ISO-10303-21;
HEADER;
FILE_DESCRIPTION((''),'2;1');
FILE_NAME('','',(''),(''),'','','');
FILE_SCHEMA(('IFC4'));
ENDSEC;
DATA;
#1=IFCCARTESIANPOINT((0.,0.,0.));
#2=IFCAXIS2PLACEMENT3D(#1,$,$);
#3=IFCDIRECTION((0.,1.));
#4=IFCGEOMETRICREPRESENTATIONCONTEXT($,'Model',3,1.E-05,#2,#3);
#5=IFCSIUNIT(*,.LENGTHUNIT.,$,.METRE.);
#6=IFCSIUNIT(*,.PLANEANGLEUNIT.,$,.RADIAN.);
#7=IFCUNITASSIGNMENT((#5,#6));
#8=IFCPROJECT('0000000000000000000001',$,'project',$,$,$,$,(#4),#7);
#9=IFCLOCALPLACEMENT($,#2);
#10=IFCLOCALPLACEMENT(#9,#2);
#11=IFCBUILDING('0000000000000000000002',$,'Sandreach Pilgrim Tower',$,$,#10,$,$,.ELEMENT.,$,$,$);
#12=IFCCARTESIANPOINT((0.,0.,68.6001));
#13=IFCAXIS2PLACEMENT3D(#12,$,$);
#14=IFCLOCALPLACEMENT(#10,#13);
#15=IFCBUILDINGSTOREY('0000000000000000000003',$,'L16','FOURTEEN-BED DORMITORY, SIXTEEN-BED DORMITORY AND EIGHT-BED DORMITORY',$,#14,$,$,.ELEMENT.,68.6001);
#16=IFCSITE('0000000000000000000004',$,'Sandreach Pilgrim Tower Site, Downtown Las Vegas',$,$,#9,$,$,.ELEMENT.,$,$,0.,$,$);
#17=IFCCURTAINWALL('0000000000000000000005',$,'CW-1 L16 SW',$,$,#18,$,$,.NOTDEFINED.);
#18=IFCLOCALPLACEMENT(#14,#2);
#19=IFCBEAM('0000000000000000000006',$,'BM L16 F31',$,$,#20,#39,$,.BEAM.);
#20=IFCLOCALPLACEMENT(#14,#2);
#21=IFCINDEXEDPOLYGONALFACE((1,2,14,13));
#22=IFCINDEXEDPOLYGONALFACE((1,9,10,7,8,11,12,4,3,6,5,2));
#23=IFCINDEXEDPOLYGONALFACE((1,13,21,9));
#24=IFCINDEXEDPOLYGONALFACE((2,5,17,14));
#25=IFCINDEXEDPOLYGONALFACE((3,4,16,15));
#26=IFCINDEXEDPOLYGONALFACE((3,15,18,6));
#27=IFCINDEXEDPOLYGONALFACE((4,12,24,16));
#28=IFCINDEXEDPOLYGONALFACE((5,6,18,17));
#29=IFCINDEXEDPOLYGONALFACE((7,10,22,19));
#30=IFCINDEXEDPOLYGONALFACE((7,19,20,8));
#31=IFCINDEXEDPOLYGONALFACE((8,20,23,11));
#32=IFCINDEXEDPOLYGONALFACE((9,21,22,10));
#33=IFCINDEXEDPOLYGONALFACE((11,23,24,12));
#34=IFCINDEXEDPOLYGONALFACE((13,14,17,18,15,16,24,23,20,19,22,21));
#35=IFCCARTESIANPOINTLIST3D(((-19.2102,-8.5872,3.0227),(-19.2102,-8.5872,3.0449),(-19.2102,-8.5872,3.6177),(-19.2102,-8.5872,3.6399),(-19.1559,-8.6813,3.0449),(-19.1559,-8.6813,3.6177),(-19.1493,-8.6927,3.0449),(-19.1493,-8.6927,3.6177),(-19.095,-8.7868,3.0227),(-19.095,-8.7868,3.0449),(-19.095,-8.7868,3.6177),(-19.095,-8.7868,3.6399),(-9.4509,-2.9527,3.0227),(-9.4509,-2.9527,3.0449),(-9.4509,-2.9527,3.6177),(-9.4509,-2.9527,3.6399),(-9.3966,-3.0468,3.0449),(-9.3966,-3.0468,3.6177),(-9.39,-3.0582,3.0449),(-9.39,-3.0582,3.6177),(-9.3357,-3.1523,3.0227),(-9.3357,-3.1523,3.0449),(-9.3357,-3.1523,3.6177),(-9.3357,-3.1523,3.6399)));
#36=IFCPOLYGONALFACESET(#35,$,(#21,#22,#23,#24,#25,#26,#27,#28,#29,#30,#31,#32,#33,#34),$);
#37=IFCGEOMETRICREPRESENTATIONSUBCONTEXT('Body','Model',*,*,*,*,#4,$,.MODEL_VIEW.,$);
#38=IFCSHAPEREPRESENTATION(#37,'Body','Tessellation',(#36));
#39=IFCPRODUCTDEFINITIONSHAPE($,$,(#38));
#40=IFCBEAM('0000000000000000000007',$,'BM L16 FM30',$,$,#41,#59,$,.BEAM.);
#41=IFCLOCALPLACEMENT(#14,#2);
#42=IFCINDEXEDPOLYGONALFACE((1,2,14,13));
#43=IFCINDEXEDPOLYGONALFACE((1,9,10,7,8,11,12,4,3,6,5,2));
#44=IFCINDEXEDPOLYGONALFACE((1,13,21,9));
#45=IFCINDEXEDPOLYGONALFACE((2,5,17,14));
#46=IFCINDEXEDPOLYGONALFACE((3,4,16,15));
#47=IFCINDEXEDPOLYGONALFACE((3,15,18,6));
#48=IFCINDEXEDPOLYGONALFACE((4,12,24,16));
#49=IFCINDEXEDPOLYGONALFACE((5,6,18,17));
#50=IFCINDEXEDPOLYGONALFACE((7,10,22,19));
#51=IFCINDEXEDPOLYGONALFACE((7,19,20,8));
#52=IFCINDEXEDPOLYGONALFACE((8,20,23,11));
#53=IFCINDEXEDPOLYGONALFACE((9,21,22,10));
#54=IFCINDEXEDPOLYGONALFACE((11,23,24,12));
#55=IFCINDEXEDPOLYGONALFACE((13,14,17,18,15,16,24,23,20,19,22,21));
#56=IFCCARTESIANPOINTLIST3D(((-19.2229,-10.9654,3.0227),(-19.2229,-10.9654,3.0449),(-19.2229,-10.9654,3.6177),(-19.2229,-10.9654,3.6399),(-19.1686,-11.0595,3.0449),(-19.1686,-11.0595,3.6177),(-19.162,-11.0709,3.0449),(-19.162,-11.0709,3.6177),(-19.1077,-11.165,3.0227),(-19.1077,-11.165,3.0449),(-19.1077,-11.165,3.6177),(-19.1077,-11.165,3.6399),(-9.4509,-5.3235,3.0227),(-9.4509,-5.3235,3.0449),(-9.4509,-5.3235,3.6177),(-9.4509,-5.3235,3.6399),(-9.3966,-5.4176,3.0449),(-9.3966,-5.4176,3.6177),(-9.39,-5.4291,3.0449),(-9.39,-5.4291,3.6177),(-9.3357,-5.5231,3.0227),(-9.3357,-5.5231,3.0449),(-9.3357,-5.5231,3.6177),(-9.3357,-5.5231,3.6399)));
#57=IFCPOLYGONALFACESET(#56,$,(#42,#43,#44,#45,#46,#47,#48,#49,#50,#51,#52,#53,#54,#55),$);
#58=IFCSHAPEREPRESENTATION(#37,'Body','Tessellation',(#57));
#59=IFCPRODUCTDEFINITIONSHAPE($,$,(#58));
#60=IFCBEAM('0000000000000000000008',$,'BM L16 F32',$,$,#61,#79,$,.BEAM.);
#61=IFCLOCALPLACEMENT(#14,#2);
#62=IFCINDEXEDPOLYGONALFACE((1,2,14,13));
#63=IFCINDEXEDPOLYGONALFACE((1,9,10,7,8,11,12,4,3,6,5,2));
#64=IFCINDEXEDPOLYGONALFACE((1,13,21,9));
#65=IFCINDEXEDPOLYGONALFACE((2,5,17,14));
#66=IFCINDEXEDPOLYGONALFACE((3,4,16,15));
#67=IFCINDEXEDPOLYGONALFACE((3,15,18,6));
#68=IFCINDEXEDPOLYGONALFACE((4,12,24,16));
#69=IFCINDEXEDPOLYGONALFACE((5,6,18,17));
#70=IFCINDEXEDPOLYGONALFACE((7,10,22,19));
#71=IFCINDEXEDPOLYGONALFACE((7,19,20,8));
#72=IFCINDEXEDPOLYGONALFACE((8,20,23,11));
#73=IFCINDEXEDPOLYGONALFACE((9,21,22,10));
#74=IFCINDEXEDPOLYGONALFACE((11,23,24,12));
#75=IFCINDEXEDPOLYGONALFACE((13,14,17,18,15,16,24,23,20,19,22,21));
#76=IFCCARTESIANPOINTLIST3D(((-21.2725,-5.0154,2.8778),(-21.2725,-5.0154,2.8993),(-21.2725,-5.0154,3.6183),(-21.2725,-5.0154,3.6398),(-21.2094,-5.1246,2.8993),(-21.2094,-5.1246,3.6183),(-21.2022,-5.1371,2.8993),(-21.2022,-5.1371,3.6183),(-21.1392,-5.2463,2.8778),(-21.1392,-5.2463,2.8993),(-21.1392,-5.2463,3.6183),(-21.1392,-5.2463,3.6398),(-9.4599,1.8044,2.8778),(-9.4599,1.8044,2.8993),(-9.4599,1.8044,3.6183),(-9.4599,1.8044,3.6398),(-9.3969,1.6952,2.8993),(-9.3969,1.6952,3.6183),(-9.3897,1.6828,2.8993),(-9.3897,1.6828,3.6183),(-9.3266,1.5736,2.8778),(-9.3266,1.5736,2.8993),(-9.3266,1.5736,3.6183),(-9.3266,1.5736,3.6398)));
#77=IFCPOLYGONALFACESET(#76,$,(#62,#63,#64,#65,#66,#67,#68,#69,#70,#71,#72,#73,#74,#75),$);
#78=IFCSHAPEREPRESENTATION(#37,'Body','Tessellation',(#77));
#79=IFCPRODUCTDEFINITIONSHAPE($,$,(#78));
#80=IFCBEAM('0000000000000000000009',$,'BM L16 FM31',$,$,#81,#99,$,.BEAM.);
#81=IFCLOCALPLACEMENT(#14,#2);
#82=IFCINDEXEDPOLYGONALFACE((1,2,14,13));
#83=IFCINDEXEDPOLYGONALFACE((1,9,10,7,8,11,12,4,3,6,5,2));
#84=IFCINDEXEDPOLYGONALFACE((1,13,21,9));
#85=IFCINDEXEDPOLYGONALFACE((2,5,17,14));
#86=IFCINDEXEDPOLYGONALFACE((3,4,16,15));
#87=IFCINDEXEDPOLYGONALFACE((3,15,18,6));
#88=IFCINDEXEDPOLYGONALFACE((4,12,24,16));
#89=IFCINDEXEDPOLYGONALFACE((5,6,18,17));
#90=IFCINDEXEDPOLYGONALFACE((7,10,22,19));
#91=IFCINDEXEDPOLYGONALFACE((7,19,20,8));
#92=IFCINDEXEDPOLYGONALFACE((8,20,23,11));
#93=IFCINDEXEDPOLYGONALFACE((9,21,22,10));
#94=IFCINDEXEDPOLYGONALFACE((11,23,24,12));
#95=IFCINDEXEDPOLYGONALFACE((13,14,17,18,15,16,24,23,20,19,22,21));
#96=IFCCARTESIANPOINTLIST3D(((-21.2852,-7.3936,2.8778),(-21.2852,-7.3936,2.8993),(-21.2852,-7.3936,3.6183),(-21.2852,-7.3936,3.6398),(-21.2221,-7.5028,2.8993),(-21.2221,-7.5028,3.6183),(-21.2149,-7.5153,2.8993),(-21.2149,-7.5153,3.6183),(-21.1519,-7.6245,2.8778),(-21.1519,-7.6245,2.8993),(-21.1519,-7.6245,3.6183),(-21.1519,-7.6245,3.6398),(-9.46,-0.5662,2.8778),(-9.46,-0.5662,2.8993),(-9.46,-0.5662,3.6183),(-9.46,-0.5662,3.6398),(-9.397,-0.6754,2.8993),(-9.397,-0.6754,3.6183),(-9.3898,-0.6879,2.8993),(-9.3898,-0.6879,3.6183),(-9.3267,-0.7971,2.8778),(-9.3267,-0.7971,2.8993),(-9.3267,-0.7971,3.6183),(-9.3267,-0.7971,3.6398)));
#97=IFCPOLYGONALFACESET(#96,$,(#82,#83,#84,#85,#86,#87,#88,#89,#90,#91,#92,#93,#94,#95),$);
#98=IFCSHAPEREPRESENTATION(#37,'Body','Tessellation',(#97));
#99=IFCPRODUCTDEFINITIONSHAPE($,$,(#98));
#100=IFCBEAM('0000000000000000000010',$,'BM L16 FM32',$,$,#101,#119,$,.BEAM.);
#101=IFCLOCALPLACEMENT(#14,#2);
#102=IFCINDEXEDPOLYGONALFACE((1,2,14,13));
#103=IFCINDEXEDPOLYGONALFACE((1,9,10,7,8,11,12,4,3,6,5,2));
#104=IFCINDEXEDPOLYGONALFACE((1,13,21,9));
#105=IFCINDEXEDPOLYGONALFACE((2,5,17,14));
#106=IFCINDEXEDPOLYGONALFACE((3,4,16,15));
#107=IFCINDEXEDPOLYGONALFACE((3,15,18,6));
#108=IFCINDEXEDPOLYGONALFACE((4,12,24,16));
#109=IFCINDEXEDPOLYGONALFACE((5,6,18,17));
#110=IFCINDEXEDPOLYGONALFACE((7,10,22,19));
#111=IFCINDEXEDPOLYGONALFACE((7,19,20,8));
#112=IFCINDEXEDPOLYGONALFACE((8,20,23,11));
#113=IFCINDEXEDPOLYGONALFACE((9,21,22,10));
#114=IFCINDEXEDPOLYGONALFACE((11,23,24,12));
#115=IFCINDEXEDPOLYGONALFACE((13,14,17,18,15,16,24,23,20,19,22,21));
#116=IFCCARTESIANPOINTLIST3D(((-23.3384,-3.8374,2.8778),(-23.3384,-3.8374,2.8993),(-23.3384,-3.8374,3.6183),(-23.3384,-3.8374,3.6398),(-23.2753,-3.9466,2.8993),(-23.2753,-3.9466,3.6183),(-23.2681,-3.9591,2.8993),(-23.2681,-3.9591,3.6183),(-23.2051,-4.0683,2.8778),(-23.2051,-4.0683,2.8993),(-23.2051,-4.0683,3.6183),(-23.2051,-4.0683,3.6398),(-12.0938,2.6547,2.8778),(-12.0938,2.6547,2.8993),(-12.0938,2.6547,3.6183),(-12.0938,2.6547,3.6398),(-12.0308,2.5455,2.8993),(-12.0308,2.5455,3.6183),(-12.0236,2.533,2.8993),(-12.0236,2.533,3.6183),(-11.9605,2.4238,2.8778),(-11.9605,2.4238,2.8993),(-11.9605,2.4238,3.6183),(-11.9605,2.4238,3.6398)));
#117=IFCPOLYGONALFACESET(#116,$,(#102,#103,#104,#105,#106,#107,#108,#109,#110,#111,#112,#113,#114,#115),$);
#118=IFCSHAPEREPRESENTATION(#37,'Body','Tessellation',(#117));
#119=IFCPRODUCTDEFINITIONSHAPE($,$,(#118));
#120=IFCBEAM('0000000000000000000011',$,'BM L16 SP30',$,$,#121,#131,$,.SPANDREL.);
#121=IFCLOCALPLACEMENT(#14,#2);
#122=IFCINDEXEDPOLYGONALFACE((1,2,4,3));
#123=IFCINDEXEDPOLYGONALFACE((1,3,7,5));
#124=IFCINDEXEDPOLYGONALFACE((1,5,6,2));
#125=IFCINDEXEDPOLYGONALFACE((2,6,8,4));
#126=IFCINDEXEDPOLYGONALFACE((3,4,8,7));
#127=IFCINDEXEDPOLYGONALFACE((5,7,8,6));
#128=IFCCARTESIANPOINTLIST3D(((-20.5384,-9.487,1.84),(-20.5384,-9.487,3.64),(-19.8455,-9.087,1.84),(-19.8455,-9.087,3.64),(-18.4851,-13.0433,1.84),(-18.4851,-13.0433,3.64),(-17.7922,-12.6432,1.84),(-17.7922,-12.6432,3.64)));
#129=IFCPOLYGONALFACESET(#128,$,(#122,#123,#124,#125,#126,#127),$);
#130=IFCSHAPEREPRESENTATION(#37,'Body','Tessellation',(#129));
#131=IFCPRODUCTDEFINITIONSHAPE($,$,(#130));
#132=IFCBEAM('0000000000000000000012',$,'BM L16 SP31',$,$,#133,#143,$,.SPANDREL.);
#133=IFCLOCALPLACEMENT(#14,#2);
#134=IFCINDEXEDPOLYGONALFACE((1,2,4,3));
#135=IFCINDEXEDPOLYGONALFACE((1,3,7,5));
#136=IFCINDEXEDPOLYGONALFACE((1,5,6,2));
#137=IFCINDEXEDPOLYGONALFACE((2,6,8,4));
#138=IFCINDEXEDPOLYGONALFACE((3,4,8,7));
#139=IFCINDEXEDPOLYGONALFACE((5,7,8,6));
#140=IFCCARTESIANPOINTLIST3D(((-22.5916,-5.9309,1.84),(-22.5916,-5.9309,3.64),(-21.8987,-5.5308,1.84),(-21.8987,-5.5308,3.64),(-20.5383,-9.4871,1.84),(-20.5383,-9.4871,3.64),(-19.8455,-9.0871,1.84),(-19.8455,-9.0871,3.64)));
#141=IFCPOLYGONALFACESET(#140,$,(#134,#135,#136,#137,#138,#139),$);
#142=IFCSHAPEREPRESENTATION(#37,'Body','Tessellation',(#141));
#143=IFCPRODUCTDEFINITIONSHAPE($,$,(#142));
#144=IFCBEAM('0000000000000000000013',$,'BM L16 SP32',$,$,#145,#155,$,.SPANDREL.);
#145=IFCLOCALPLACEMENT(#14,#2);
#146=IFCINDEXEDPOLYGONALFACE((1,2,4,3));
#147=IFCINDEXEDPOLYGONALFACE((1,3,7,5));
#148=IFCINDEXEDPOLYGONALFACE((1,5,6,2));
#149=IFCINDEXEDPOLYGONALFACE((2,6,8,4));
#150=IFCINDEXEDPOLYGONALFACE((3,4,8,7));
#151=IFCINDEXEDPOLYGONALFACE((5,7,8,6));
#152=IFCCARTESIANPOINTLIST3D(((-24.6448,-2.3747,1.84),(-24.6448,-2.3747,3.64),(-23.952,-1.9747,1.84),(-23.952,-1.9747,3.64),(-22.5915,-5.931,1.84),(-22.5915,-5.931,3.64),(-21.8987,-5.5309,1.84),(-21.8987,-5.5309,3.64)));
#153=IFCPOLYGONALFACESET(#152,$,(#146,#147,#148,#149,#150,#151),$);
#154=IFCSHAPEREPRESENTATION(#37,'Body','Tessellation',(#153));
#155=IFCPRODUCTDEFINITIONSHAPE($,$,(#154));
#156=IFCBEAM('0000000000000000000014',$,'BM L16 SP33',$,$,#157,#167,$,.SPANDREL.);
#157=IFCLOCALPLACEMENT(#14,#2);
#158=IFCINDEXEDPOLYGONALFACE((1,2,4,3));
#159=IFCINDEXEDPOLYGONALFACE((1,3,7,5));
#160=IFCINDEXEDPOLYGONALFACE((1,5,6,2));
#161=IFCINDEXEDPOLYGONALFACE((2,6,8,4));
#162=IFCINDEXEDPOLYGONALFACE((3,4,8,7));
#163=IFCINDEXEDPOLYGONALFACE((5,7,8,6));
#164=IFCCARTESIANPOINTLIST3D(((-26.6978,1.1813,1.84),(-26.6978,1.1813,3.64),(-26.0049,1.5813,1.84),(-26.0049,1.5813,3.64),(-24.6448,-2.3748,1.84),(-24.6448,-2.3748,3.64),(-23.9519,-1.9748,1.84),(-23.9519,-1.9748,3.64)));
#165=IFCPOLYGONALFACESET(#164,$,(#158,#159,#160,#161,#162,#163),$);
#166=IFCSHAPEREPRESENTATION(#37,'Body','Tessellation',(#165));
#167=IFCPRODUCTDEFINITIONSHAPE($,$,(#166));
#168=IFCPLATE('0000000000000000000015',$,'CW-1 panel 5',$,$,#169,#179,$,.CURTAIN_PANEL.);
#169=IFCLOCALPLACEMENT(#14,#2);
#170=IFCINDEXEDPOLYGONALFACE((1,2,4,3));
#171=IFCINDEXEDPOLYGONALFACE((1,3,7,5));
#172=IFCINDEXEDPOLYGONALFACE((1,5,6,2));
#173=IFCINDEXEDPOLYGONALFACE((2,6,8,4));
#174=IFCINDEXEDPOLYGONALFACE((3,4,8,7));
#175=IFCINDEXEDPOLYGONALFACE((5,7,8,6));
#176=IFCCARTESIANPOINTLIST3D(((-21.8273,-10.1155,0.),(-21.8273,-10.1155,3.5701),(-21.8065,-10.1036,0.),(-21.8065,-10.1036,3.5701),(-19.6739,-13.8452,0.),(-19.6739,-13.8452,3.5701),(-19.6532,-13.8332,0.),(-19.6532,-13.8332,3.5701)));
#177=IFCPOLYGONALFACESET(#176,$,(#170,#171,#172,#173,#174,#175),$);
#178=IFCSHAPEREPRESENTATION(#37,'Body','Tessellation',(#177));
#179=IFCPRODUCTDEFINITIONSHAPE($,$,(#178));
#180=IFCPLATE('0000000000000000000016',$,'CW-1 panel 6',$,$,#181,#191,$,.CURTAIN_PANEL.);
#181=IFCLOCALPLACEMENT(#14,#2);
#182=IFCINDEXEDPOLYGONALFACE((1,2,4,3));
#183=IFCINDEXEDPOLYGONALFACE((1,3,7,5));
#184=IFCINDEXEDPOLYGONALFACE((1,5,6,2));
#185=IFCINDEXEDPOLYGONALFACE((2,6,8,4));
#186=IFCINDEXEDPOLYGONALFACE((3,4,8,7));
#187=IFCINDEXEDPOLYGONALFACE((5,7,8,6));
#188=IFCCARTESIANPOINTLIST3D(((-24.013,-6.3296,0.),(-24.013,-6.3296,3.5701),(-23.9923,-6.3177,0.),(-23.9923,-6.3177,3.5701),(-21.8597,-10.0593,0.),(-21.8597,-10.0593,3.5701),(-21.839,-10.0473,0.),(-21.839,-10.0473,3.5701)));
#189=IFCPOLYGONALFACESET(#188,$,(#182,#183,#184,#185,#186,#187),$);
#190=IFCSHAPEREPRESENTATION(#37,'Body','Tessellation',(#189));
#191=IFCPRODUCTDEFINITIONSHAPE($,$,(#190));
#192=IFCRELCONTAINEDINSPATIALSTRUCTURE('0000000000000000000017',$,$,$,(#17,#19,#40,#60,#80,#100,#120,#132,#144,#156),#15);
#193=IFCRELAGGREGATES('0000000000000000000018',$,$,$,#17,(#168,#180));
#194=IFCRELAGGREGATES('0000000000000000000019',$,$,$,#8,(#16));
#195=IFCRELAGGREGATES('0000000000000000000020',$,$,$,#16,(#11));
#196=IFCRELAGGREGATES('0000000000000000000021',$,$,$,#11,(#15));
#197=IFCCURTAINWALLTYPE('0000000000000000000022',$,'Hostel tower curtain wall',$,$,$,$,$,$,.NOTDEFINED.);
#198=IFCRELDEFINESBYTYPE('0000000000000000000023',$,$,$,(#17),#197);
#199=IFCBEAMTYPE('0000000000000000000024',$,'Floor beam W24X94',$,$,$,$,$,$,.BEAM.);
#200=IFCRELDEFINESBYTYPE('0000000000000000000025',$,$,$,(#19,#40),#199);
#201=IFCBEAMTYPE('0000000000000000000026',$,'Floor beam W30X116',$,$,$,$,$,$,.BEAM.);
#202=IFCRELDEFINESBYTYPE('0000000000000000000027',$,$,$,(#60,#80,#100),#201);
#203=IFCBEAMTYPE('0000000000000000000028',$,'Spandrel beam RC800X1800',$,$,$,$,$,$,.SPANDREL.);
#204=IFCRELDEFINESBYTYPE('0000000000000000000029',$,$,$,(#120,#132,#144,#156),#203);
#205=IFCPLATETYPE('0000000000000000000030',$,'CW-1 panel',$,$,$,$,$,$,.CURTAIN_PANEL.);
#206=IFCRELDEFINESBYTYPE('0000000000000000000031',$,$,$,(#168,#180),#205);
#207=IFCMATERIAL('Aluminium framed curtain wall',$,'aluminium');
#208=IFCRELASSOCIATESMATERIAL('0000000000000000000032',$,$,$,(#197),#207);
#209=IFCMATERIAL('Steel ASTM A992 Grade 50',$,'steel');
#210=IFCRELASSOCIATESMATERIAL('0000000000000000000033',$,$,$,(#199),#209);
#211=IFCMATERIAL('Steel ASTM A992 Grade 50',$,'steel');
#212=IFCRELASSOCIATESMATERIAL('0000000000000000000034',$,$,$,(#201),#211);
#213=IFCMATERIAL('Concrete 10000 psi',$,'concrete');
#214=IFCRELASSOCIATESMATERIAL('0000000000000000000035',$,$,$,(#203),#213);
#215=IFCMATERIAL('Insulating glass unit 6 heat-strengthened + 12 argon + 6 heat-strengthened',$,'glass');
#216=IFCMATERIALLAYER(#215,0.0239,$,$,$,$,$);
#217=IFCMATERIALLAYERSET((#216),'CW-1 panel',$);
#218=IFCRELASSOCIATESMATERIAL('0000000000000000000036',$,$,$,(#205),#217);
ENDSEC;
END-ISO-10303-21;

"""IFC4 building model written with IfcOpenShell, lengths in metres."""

from ifc_helpers import new_model, si_unit, direction, frame, origin, origin_2d, place, context, subcontext, project, spatial, rectangle, i_section, extrude, material, layer, layer_set, material_profile, profile_set, type_object, element, aggregate, save


model = new_model("IFC4")

# Units and contexts
model_context = context("Model", 3, precision=1e-05, world=origin(), true_north=direction((0.0, 1.0)))
body_context = subcontext(model_context, "Body", "Model", "MODEL_VIEW")
ifc_project = project(units=[si_unit("LENGTHUNIT", "METRE"), si_unit("PLANEANGLEUNIT", "RADIAN")], contexts=[model_context])

# Site, building, storey
site_placement = place(None, origin())
site = spatial("IfcSite", under=ifc_project, at=site_placement, Name="Sandreach Pilgrim Tower Site, Downtown Las Vegas", CompositionType="ELEMENT", RefElevation=0.0)
building_placement = place(site_placement, origin())
building = spatial("IfcBuilding", under=site, at=building_placement, Name="Sandreach Pilgrim Tower", CompositionType="ELEMENT")
storey_placement = place(building_placement, frame((0.0, 0.0, 68.6001)))
storey = spatial("IfcBuildingStorey", under=building, at=storey_placement, Name="L16", Description="FOURTEEN-BED DORMITORY, SIXTEEN-BED DORMITORY AND EIGHT-BED DORMITORY", CompositionType="ELEMENT", Elevation=68.6001)

# Curtain wall
ifc_material_1 = material(Name="Aluminium framed curtain wall", Category="aluminium")
curtain_wall_type = type_object("IfcCurtainWallType", Name="Hostel tower curtain wall", PredefinedType="NOTDEFINED", material=ifc_material_1)
curtain_wall_placement = place(storey_placement, origin())
curtain_wall = element("IfcCurtainWall", 1, at=curtain_wall_placement, inside=storey, type_object=curtain_wall_type, Name="CW-1 L16 SW", PredefinedType="NOTDEFINED")

# Beams
ifc_material_2 = material(Name="Steel ASTM A992 Grade 50", Category="steel")
ifc_material_profile_1 = material_profile(ifc_material_2, i_section(OverallWidth=0.2305, OverallDepth=0.6172, WebThickness=0.0132, FlangeThickness=0.0222, at=origin_2d()), Name="W24X94")
ifc_profile_set_1 = profile_set([ifc_material_profile_1], Name="Steel ASTM A992 Grade 50")
beam_type_1 = type_object("IfcBeamType", Name="Floor beam W24X94", PredefinedType="BEAM", material=ifc_profile_set_1)
beam_1_placement = place(storey_placement, frame((-19.1526, -8.687, 3.3313), z_axis=(0.866025, 0.5, 0.0), x_axis=(-0.5, 0.866025, 0.0)))
element("IfcBeam", 2, at=beam_1_placement, inside=storey, type_object=beam_type_1, Name="BM L16 F31", PredefinedType="BEAM", context=body_context, shape_type="SweptSolid", body=[
    extrude(i_section(OverallWidth=0.2305, OverallDepth=0.6172, WebThickness=0.0132, FlangeThickness=0.0222, at=origin_2d()), origin(), (0.0, 0.0, 1.0), 11.269),
])
beam_2_placement = place(storey_placement, frame((-19.1653, -11.0652, 3.3313), z_axis=(0.866026, 0.5, 0.0), x_axis=(-0.5, 0.866026, 0.0)))
element("IfcBeam", 3, at=beam_2_placement, inside=storey, type_object=beam_type_1, Name="BM L16 FM30", PredefinedType="BEAM", context=body_context, shape_type="SweptSolid", body=[
    extrude(i_section(OverallWidth=0.2305, OverallDepth=0.6172, WebThickness=0.0132, FlangeThickness=0.0222, at=origin_2d()), origin(), (0.0, 0.0, 1.0), 11.2837),
])
ifc_material_3 = material(Name="Steel ASTM A992 Grade 50", Category="steel")
ifc_material_profile_2 = material_profile(ifc_material_3, i_section(OverallWidth=0.2666, OverallDepth=0.762, WebThickness=0.0144, FlangeThickness=0.0215, at=origin_2d()), Name="W30X116")
ifc_profile_set_2 = profile_set([ifc_material_profile_2], Name="Steel ASTM A992 Grade 50")
beam_type_2 = type_object("IfcBeamType", Name="Floor beam W30X116", PredefinedType="BEAM", material=ifc_profile_set_2)
beam_3_placement = place(storey_placement, frame((-21.2058, -5.1309, 3.2588), z_axis=(0.866029, 0.499993, 0.0), x_axis=(-0.499993, 0.866029, 0.0)))
element("IfcBeam", 4, at=beam_3_placement, inside=storey, type_object=beam_type_2, Name="BM L16 F32", PredefinedType="BEAM", context=body_context, shape_type="SweptSolid", body=[
    extrude(i_section(OverallWidth=0.2666, OverallDepth=0.762, WebThickness=0.0144, FlangeThickness=0.0215, at=origin_2d()), origin(), (0.0, 0.0, 1.0), 13.6399),
])
beam_4_placement = place(storey_placement, frame((-21.2185, -7.509, 3.2588), z_axis=(0.866022, 0.500006, 0.0), x_axis=(-0.500006, 0.866022, 0.0)))
element("IfcBeam", 5, at=beam_4_placement, inside=storey, type_object=beam_type_2, Name="BM L16 FM31", PredefinedType="BEAM", context=body_context, shape_type="SweptSolid", body=[
    extrude(i_section(OverallWidth=0.2666, OverallDepth=0.762, WebThickness=0.0144, FlangeThickness=0.0215, at=origin_2d()), origin(), (0.0, 0.0, 1.0), 13.6545),
])
beam_5_placement = place(storey_placement, frame((-23.2717, -3.9529, 3.2588), z_axis=(0.866022, 0.500006, 0.0), x_axis=(-0.500006, 0.866022, 0.0)))
element("IfcBeam", 6, at=beam_5_placement, inside=storey, type_object=beam_type_2, Name="BM L16 FM32", PredefinedType="BEAM", context=body_context, shape_type="SweptSolid", body=[
    extrude(i_section(OverallWidth=0.2666, OverallDepth=0.762, WebThickness=0.0144, FlangeThickness=0.0215, at=origin_2d()), origin(), (0.0, 0.0, 1.0), 12.9841),
])
ifc_material_4 = material(Name="Concrete 10000 psi", Category="concrete")
ifc_material_profile_3 = material_profile(ifc_material_4, rectangle(XDim=0.8, YDim=1.8, at=origin_2d()), Name="RC800X1800")
ifc_profile_set_3 = profile_set([ifc_material_profile_3], Name="Concrete 10000 psi")
beam_type_3 = type_object("IfcBeamType", Name="Spandrel beam RC800X1800", PredefinedType="SPANDREL", material=ifc_profile_set_3)
for number, where, z_axis, x_axis, name in (
    (7, (-18.1387, -12.8433, 2.74), (-0.500014, 0.866017, 0.0), (-0.866017, -0.500014, 0.0), "BM L16 SP30"),
    (8, (-20.1919, -9.2871, 2.74), (-0.500014, 0.866017, 0.0), (-0.866017, -0.500014, 0.0), "BM L16 SP31"),
    (9, (-22.2451, -5.731, 2.74), (-0.500014, 0.866017, 0.0), (-0.866017, -0.500014, 0.0), "BM L16 SP32"),
):
    element("IfcBeam", number, at=place(storey_placement, frame(where, z_axis=z_axis, x_axis=x_axis)), inside=storey, type_object=beam_type_3, Name=name, PredefinedType="SPANDREL", context=body_context, shape_type="SweptSolid", body=[
        extrude(rectangle(XDim=0.8, YDim=1.8, at=origin_2d()), origin(), (0.0, 0.0, 1.0), 4.1064),
    ])
beam_6_placement = place(storey_placement, frame((-24.2983, -2.1748, 2.74), z_axis=(-0.499969, 0.866043, 0.0), x_axis=(-0.866043, -0.499969, 0.0)))
element("IfcBeam", 10, at=beam_6_placement, inside=storey, type_object=beam_type_3, Name="BM L16 SP33", PredefinedType="SPANDREL", context=body_context, shape_type="SweptSolid", body=[
    extrude(rectangle(XDim=0.8, YDim=1.8, at=origin_2d()), origin(), (0.0, 0.0, 1.0), 4.1062),
])

# Plates
ifc_material_5 = material(Name="Insulating glass unit 6 heat-strengthened + 12 argon + 6 heat-strengthened", Category="glass")
ifc_layer_1 = layer(ifc_material_5, 0.0239)
ifc_layer_set_1 = layer_set([ifc_layer_1], Name="CW-1 panel")
plate_type = type_object("IfcPlateType", Name="CW-1 panel", PredefinedType="CURTAIN_PANEL", material=ifc_layer_set_1)
plate_1_placement = place(storey_placement, frame((-20.7402, -11.9744, 0.0), z_axis=(0.0, 0.0, 1.0), x_axis=(-0.5, 0.866025, 0.0)))
plate_1 = element("IfcPlate", 11, at=plate_1_placement, type_object=plate_type, Name="CW-1 panel 5", PredefinedType="CURTAIN_PANEL", context=body_context, shape_type="SweptSolid", body=[
    extrude(rectangle(XDim=4.3066, YDim=0.0239, at=origin_2d()), origin(), (0.0, 0.0, 1.0), 3.5701),
])
plate_2_placement = place(storey_placement, frame((-22.926, -8.1885, 0.0), z_axis=(0.0, 0.0, 1.0), x_axis=(-0.5, 0.866025, 0.0)))
plate_2 = element("IfcPlate", 12, at=plate_2_placement, type_object=plate_type, Name="CW-1 panel 6", PredefinedType="CURTAIN_PANEL", context=body_context, shape_type="SweptSolid", body=[
    extrude(rectangle(XDim=4.3066, YDim=0.0239, at=origin_2d()), origin(), (0.0, 0.0, 1.0), 3.5701),
])
aggregate(curtain_wall, [plate_1, plate_2])

save(model, "model.ifc")
